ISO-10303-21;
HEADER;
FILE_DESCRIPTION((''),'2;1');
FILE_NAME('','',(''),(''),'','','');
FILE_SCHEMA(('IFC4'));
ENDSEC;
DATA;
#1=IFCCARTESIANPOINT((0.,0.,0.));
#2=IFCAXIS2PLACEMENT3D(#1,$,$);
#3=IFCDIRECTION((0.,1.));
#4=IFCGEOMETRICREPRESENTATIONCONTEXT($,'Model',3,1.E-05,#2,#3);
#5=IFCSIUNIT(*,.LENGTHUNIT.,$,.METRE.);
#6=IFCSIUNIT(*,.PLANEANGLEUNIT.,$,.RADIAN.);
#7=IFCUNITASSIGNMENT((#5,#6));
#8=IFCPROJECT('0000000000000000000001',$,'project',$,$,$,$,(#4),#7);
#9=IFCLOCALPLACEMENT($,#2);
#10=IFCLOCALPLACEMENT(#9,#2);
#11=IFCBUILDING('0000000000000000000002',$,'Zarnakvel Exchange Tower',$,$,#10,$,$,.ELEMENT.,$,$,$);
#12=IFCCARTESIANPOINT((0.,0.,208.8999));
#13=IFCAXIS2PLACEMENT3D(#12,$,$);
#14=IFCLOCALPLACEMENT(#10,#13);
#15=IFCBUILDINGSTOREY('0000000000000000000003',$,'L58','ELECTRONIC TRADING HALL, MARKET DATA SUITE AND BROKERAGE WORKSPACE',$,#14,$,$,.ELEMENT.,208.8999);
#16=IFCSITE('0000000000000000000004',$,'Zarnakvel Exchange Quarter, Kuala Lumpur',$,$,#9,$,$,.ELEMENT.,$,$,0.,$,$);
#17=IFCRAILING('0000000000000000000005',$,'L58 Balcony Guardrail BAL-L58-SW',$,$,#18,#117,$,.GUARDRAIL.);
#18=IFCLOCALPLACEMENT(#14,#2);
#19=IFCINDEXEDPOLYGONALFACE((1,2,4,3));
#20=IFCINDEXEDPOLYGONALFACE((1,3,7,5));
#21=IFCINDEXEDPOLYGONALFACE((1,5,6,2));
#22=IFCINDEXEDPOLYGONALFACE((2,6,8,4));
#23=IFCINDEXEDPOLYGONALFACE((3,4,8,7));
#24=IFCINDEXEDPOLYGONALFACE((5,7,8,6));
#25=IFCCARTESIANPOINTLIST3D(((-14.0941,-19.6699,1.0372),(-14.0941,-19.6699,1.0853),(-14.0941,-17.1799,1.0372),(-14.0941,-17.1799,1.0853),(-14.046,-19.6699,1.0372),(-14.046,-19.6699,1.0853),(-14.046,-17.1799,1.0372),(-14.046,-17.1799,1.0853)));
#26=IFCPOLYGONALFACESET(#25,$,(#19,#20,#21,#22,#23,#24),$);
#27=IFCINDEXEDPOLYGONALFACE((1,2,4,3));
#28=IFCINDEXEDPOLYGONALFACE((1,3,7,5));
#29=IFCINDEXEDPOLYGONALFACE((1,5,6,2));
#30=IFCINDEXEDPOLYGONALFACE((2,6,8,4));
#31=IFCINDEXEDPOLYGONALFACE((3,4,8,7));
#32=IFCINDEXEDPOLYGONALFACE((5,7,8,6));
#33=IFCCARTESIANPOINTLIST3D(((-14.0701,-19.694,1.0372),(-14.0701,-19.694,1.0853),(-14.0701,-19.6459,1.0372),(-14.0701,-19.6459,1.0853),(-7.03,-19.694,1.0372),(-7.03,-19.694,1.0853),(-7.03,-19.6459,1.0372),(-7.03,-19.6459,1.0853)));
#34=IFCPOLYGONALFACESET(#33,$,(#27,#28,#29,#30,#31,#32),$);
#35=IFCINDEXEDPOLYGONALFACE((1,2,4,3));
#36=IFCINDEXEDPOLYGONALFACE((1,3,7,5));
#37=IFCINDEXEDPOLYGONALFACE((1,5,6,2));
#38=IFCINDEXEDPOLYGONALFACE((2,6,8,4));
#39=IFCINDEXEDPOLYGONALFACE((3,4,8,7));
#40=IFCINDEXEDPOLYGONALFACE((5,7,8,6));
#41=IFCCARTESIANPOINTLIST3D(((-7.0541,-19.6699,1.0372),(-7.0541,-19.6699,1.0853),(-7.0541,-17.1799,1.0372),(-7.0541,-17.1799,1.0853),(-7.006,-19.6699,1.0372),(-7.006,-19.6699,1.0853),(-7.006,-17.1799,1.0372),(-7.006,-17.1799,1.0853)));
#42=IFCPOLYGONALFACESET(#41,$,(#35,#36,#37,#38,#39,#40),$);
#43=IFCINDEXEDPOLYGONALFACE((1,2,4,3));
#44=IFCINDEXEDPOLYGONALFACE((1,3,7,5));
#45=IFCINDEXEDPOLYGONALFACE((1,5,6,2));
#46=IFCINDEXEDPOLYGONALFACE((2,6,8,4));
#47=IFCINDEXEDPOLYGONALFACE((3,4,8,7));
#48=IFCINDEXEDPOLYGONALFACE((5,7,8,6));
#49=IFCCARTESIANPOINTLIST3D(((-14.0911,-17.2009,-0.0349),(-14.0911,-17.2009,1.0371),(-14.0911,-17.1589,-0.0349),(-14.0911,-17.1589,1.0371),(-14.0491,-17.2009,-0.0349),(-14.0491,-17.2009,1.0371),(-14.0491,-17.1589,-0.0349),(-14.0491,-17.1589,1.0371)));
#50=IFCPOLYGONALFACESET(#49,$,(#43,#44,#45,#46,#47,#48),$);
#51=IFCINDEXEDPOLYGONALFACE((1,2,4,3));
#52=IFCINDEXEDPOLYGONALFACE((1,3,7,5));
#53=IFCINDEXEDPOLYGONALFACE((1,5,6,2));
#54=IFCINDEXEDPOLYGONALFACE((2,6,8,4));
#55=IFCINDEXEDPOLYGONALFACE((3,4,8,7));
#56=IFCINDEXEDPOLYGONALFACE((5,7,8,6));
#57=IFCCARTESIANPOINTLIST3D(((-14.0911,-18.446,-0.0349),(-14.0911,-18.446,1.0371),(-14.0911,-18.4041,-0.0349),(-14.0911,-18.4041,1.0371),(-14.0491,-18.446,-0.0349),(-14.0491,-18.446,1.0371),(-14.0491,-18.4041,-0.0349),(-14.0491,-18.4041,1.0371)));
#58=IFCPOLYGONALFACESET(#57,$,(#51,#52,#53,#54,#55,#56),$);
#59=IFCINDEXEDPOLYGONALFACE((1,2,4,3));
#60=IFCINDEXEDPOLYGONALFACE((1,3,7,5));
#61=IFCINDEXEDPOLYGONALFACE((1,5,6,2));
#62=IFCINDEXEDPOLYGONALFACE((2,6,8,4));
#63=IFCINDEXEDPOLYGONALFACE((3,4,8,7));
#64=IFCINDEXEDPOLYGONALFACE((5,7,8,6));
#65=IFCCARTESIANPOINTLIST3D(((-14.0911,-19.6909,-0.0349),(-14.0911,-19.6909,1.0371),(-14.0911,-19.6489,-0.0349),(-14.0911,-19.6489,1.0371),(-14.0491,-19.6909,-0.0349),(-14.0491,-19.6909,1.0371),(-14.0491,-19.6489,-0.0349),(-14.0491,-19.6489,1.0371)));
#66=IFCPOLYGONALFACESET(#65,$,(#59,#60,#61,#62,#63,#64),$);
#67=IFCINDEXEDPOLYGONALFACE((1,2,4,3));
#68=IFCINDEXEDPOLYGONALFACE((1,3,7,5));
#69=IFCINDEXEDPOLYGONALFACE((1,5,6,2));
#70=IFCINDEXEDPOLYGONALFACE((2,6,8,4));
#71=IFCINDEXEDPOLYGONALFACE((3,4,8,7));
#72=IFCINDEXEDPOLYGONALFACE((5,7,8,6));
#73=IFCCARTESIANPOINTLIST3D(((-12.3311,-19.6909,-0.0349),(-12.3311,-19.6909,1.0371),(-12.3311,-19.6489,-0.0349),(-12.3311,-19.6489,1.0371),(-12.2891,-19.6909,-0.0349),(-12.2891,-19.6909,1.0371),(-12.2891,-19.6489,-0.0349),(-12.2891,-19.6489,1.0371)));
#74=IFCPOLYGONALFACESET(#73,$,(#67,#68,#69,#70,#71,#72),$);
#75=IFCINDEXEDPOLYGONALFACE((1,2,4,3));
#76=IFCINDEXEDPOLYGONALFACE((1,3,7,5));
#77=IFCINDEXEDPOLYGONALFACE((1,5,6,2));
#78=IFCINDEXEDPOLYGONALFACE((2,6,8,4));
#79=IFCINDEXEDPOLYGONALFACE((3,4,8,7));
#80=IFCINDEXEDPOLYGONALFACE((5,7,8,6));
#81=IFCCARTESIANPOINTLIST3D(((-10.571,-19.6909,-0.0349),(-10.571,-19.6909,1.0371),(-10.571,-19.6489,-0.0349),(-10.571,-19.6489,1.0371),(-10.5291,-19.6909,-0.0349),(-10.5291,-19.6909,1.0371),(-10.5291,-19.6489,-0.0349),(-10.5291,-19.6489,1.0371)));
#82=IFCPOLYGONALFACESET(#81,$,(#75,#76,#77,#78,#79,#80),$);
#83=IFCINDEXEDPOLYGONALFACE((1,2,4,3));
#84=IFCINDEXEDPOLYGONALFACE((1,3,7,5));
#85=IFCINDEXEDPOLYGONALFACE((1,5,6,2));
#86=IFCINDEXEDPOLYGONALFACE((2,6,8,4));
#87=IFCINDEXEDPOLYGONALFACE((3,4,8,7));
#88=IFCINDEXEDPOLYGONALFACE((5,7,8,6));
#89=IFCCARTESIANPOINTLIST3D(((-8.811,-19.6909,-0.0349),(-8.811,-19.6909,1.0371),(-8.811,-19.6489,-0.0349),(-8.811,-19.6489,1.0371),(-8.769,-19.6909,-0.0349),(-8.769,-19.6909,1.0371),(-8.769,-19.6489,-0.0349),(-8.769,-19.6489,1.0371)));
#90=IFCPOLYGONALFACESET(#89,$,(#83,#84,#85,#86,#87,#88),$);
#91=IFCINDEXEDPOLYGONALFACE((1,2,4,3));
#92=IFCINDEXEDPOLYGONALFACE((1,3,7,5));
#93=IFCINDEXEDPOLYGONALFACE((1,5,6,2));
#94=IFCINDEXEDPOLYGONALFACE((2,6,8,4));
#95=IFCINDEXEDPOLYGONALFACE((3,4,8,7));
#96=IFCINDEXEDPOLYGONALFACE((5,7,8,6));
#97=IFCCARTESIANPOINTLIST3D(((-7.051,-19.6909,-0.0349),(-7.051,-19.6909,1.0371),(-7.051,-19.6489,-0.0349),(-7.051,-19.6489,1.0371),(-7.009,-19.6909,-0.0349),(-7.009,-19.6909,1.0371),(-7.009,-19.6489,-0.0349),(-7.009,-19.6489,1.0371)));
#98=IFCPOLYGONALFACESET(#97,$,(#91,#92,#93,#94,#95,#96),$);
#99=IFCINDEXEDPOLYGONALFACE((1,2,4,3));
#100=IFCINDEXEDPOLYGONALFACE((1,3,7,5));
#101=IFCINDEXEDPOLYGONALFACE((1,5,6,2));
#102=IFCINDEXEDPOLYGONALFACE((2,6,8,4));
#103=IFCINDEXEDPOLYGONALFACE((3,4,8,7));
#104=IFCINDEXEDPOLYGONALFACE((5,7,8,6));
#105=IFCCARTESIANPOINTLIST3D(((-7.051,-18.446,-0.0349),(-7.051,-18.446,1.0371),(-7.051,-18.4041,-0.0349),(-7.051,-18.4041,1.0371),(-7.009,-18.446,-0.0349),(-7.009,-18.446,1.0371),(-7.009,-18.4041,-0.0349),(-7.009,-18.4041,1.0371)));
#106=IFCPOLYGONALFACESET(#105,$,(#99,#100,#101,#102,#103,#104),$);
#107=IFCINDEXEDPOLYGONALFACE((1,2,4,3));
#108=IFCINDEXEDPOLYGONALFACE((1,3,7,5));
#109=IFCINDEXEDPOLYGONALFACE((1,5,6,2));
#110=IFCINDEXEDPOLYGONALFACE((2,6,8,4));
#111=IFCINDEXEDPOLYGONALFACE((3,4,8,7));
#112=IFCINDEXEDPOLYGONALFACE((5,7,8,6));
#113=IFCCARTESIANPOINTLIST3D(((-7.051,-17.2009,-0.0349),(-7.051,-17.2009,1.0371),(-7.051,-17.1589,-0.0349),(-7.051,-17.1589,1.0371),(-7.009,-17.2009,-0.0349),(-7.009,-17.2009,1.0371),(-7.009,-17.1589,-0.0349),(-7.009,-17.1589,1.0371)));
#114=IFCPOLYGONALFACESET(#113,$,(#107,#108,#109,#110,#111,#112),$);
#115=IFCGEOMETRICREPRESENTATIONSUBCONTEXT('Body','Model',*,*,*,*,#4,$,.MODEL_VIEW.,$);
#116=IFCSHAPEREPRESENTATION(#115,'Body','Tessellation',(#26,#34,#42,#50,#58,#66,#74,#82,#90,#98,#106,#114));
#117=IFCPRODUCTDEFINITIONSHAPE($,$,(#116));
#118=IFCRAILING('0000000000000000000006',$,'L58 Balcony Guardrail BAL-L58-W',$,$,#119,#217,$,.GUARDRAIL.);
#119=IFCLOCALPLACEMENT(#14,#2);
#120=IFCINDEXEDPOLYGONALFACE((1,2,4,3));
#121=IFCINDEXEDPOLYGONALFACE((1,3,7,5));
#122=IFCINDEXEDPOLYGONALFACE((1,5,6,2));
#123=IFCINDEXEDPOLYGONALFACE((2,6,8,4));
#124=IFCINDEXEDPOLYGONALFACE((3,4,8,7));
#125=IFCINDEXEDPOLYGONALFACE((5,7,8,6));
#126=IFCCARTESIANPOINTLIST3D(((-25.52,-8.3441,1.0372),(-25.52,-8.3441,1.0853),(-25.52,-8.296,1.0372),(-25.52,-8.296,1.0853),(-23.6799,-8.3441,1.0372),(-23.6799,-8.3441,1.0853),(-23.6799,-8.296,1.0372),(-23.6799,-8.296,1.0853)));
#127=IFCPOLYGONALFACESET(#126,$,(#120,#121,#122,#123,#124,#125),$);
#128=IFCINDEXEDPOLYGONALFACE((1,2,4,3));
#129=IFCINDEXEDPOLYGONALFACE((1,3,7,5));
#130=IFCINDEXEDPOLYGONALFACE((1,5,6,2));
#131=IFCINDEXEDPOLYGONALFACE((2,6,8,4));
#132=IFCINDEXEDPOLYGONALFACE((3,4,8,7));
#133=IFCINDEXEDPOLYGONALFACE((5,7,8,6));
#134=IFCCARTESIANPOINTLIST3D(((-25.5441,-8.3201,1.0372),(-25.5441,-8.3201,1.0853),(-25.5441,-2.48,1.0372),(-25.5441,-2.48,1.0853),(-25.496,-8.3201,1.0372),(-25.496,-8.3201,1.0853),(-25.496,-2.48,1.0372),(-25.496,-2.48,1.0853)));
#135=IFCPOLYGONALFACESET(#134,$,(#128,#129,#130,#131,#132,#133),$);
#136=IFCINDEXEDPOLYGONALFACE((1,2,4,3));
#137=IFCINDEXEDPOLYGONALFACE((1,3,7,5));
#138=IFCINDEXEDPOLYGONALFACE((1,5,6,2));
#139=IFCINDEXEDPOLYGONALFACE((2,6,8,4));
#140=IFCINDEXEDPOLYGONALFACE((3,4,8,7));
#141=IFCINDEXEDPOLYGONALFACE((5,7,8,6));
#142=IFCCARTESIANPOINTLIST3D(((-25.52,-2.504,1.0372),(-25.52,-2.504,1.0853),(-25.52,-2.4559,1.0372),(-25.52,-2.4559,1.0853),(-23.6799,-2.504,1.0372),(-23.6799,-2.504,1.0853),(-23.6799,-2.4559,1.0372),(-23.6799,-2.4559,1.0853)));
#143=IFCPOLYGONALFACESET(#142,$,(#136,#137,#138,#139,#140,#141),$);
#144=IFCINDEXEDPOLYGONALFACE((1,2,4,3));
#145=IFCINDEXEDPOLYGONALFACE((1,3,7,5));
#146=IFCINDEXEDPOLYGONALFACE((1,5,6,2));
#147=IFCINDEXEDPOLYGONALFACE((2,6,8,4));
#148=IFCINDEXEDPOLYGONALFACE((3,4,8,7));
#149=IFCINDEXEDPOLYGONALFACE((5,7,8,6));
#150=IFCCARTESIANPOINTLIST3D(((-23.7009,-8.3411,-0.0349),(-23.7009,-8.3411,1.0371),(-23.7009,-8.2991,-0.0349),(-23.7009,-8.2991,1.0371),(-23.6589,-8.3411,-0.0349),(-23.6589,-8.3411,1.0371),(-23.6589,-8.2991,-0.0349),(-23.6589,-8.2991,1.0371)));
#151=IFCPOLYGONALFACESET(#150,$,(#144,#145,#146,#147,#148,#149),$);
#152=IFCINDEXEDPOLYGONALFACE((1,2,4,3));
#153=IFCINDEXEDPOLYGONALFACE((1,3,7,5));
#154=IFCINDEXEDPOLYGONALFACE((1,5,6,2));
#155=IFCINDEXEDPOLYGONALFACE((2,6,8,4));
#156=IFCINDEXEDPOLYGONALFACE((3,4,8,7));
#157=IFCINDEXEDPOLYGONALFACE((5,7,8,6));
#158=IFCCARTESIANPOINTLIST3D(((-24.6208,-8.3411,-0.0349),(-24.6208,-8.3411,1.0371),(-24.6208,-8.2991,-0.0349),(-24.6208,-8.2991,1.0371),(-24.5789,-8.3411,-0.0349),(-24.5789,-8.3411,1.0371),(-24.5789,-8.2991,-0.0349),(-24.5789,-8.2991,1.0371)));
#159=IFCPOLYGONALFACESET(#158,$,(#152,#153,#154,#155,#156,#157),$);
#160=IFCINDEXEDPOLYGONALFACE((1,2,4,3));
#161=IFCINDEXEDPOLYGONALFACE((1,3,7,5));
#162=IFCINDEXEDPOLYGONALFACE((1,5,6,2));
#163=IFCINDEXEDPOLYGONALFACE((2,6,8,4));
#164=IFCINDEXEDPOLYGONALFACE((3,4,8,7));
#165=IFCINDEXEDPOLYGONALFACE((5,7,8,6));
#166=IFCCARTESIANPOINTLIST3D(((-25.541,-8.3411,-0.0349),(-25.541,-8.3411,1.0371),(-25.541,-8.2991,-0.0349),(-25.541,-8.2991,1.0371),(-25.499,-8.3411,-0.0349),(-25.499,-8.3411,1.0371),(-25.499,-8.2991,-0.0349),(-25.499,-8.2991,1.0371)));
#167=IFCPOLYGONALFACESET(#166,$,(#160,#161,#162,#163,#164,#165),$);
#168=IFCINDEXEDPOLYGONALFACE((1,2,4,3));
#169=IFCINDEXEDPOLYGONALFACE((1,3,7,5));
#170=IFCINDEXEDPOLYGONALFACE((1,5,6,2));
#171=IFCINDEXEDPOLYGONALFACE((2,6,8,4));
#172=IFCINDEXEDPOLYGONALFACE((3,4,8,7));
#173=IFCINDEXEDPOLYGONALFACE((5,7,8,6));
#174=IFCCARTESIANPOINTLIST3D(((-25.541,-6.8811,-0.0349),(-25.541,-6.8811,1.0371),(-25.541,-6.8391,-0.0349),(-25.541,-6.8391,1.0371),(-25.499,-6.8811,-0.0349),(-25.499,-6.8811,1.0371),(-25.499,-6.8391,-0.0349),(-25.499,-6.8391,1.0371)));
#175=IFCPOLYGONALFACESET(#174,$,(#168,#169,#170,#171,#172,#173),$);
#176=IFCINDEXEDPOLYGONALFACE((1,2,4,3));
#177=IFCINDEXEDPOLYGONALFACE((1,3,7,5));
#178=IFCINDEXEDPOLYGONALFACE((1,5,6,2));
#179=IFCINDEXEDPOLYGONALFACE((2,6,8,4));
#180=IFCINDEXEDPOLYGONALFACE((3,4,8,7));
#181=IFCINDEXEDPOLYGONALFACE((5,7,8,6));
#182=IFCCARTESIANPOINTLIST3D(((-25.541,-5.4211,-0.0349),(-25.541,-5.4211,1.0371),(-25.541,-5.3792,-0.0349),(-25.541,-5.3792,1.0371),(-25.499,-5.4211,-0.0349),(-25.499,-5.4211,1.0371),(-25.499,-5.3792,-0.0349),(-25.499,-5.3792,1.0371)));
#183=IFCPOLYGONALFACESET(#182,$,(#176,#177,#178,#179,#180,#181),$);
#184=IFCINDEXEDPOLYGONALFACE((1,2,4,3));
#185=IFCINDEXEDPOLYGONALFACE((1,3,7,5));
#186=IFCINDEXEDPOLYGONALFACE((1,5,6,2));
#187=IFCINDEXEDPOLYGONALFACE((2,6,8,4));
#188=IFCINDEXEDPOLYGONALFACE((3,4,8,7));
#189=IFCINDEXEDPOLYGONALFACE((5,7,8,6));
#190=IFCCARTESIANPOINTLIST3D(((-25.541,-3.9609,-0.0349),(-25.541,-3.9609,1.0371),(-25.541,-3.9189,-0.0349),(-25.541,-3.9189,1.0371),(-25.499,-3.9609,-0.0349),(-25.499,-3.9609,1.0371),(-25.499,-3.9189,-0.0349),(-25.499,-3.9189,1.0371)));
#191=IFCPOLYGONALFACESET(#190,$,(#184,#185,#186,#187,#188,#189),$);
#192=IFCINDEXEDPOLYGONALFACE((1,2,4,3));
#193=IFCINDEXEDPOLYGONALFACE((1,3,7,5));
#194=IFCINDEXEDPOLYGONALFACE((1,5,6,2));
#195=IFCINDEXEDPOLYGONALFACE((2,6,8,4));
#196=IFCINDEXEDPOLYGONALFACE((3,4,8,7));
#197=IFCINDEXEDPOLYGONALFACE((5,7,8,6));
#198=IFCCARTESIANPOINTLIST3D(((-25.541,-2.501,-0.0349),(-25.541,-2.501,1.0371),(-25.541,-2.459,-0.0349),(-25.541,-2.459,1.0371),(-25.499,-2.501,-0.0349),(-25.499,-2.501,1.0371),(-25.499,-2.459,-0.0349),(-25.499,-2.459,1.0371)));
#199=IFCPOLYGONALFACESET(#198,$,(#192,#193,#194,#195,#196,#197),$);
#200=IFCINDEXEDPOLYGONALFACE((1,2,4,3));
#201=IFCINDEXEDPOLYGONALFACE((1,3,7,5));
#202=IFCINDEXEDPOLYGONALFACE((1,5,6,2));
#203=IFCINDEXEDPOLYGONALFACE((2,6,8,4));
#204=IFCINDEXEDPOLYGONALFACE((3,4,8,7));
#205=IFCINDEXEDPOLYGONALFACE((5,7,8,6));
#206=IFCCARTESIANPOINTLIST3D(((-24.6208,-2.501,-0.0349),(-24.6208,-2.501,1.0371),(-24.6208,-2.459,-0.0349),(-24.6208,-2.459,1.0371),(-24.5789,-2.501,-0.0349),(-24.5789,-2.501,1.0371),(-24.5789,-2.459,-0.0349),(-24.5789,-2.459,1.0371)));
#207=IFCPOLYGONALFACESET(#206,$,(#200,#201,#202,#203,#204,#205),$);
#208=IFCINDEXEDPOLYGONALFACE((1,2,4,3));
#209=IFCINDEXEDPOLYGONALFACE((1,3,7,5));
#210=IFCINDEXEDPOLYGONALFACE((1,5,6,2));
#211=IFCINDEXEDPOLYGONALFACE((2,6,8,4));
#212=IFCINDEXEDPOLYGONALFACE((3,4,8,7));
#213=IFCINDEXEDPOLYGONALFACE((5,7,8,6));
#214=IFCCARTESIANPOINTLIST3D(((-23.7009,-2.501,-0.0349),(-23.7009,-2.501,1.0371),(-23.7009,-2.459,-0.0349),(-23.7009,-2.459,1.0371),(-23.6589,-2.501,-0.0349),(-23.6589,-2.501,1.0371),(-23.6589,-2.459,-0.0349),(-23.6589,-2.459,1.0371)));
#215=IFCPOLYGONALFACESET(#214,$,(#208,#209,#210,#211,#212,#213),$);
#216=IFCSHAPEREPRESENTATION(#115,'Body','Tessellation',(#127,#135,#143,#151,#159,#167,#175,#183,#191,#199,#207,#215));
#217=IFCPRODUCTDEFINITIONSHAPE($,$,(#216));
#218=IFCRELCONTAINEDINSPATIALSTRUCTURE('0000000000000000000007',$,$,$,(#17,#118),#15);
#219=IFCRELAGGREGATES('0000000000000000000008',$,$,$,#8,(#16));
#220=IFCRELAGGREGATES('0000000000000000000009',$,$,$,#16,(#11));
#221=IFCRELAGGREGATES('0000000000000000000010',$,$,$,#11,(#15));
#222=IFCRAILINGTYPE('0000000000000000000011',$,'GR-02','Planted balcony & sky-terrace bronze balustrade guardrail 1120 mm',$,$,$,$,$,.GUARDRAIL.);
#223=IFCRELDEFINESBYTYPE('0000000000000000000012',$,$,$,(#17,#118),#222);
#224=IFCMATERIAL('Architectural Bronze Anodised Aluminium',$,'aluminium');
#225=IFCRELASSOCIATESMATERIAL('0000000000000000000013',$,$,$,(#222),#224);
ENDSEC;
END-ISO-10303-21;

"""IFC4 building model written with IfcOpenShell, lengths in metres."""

from ifc_helpers import new_model, si_unit, direction, frame, origin, origin_2d, place, context, subcontext, project, spatial, rectangle, extrude, material, type_object, element, save


model = new_model("IFC4")

# Units and contexts
model_context = context("Model", 3, precision=1e-05, world=origin(), true_north=direction((0.0, 1.0)))
body_context = subcontext(model_context, "Body", "Model", "MODEL_VIEW")
ifc_project = project(units=[si_unit("LENGTHUNIT", "METRE"), si_unit("PLANEANGLEUNIT", "RADIAN")], contexts=[model_context])

# Site, building, storey
site_placement = place(None, origin())
site = spatial("IfcSite", under=ifc_project, at=site_placement, Name="Zarnakvel Exchange Quarter, Kuala Lumpur", CompositionType="ELEMENT", RefElevation=0.0)
building_placement = place(site_placement, origin())
building = spatial("IfcBuilding", under=site, at=building_placement, Name="Zarnakvel Exchange Tower", CompositionType="ELEMENT")
storey_placement = place(building_placement, frame((0.0, 0.0, 208.8999)))
storey = spatial("IfcBuildingStorey", under=building, at=storey_placement, Name="L58", Description="ELECTRONIC TRADING HALL, MARKET DATA SUITE AND BROKERAGE WORKSPACE", CompositionType="ELEMENT", Elevation=208.8999)

# Shared definitions
ifc_material_1 = material(Name="Architectural Bronze Anodised Aluminium", Category="aluminium")

# Railings
railing_type = type_object("IfcRailingType", Name="GR-02", Description="Planted balcony & sky-terrace bronze balustrade guardrail 1120 mm", PredefinedType="GUARDRAIL", material=ifc_material_1)
railing_1_placement = place(storey_placement, frame((-14.0701, -17.1799, -0.0349)))
element("IfcRailing", 1, at=railing_1_placement, inside=storey, type_object=railing_type, Name="L58 Balcony Guardrail BAL-L58-SW", PredefinedType="GUARDRAIL", context=body_context, shape_type="SweptSolid", body=[
    extrude(rectangle(XDim=0.0481, YDim=0.0481, at=origin_2d()), frame((0.0, 0.0, 1.0962), z_axis=(0.0, -1.0, 0.0), x_axis=(1.0, 0.0, 0.0)), (0.0, 0.0, 1.0), 2.49),
    extrude(rectangle(XDim=0.0481, YDim=0.0481, at=origin_2d()), frame((0.0, -2.49, 1.0962), z_axis=(1.0, 0.0, 0.0), x_axis=(0.0, 1.0, 0.0)), (0.0, 0.0, 1.0), 7.04),
    extrude(rectangle(XDim=0.0481, YDim=0.0481, at=origin_2d()), frame((7.04, -2.49, 1.0962), z_axis=(0.0, 1.0, 0.0), x_axis=(-1.0, 0.0, 0.0)), (0.0, 0.0, 1.0), 2.49),
    extrude(rectangle(XDim=0.042, YDim=0.042, at=origin_2d()), origin(), (0.0, 0.0, 1.0), 1.072),
    extrude(rectangle(XDim=0.042, YDim=0.042, at=origin_2d()), frame((0.0, -1.2451, 0.0)), (0.0, 0.0, 1.0), 1.072),
    extrude(rectangle(XDim=0.042, YDim=0.042, at=origin_2d()), frame((0.0, -2.49, 0.0)), (0.0, 0.0, 1.0), 1.072),
    extrude(rectangle(XDim=0.042, YDim=0.042, at=origin_2d()), frame((1.76, -2.49, 0.0)), (0.0, 0.0, 1.0), 1.072),
    extrude(rectangle(XDim=0.042, YDim=0.042, at=origin_2d()), frame((3.52, -2.49, 0.0)), (0.0, 0.0, 1.0), 1.072),
    extrude(rectangle(XDim=0.042, YDim=0.042, at=origin_2d()), frame((5.28, -2.49, 0.0)), (0.0, 0.0, 1.0), 1.072),
    extrude(rectangle(XDim=0.042, YDim=0.042, at=origin_2d()), frame((7.04, -2.49, 0.0)), (0.0, 0.0, 1.0), 1.072),
    extrude(rectangle(XDim=0.042, YDim=0.042, at=origin_2d()), frame((7.04, -1.2451, 0.0)), (0.0, 0.0, 1.0), 1.072),
    extrude(rectangle(XDim=0.042, YDim=0.042, at=origin_2d()), frame((7.04, 0.0, 0.0)), (0.0, 0.0, 1.0), 1.072),
])
railing_2_placement = place(storey_placement, frame((-23.6799, -8.3201, -0.0349)))
element("IfcRailing", 2, at=railing_2_placement, inside=storey, type_object=railing_type, Name="L58 Balcony Guardrail BAL-L58-W", PredefinedType="GUARDRAIL", context=body_context, shape_type="SweptSolid", body=[
    extrude(rectangle(XDim=0.0481, YDim=0.0481, at=origin_2d()), frame((0.0, 0.0, 1.0962), z_axis=(-1.0, 0.0, 0.0), x_axis=(0.0, -1.0, 0.0)), (0.0, 0.0, 1.0), 1.8401),
    extrude(rectangle(XDim=0.0481, YDim=0.0481, at=origin_2d()), frame((-1.8401, 0.0, 1.0962), z_axis=(0.0, 1.0, 0.0), x_axis=(-1.0, 0.0, 0.0)), (0.0, 0.0, 1.0), 5.8401),
    extrude(rectangle(XDim=0.0481, YDim=0.0481, at=origin_2d()), frame((-1.8401, 5.8401, 1.0962), z_axis=(1.0, 0.0, 0.0), x_axis=(0.0, 1.0, 0.0)), (0.0, 0.0, 1.0), 1.8401),
    extrude(rectangle(XDim=0.042, YDim=0.042, at=origin_2d()), origin(), (0.0, 0.0, 1.0), 1.072),
    extrude(rectangle(XDim=0.042, YDim=0.042, at=origin_2d()), frame((-0.9199, 0.0, 0.0)), (0.0, 0.0, 1.0), 1.072),
    extrude(rectangle(XDim=0.042, YDim=0.042, at=origin_2d()), frame((-1.8401, 0.0, 0.0)), (0.0, 0.0, 1.0), 1.072),
    extrude(rectangle(XDim=0.042, YDim=0.042, at=origin_2d()), frame((-1.8401, 1.46, 0.0)), (0.0, 0.0, 1.0), 1.072),
    extrude(rectangle(XDim=0.042, YDim=0.042, at=origin_2d()), frame((-1.8401, 2.9199, 0.0)), (0.0, 0.0, 1.0), 1.072),
    extrude(rectangle(XDim=0.042, YDim=0.042, at=origin_2d()), frame((-1.8401, 4.3801, 0.0)), (0.0, 0.0, 1.0), 1.072),
    extrude(rectangle(XDim=0.042, YDim=0.042, at=origin_2d()), frame((-1.8401, 5.8401, 0.0)), (0.0, 0.0, 1.0), 1.072),
    extrude(rectangle(XDim=0.042, YDim=0.042, at=origin_2d()), frame((-0.9199, 5.8401, 0.0)), (0.0, 0.0, 1.0), 1.072),
    extrude(rectangle(XDim=0.042, YDim=0.042, at=origin_2d()), frame((0.0, 5.8401, 0.0)), (0.0, 0.0, 1.0), 1.072),
])

save(model, "model.ifc")
